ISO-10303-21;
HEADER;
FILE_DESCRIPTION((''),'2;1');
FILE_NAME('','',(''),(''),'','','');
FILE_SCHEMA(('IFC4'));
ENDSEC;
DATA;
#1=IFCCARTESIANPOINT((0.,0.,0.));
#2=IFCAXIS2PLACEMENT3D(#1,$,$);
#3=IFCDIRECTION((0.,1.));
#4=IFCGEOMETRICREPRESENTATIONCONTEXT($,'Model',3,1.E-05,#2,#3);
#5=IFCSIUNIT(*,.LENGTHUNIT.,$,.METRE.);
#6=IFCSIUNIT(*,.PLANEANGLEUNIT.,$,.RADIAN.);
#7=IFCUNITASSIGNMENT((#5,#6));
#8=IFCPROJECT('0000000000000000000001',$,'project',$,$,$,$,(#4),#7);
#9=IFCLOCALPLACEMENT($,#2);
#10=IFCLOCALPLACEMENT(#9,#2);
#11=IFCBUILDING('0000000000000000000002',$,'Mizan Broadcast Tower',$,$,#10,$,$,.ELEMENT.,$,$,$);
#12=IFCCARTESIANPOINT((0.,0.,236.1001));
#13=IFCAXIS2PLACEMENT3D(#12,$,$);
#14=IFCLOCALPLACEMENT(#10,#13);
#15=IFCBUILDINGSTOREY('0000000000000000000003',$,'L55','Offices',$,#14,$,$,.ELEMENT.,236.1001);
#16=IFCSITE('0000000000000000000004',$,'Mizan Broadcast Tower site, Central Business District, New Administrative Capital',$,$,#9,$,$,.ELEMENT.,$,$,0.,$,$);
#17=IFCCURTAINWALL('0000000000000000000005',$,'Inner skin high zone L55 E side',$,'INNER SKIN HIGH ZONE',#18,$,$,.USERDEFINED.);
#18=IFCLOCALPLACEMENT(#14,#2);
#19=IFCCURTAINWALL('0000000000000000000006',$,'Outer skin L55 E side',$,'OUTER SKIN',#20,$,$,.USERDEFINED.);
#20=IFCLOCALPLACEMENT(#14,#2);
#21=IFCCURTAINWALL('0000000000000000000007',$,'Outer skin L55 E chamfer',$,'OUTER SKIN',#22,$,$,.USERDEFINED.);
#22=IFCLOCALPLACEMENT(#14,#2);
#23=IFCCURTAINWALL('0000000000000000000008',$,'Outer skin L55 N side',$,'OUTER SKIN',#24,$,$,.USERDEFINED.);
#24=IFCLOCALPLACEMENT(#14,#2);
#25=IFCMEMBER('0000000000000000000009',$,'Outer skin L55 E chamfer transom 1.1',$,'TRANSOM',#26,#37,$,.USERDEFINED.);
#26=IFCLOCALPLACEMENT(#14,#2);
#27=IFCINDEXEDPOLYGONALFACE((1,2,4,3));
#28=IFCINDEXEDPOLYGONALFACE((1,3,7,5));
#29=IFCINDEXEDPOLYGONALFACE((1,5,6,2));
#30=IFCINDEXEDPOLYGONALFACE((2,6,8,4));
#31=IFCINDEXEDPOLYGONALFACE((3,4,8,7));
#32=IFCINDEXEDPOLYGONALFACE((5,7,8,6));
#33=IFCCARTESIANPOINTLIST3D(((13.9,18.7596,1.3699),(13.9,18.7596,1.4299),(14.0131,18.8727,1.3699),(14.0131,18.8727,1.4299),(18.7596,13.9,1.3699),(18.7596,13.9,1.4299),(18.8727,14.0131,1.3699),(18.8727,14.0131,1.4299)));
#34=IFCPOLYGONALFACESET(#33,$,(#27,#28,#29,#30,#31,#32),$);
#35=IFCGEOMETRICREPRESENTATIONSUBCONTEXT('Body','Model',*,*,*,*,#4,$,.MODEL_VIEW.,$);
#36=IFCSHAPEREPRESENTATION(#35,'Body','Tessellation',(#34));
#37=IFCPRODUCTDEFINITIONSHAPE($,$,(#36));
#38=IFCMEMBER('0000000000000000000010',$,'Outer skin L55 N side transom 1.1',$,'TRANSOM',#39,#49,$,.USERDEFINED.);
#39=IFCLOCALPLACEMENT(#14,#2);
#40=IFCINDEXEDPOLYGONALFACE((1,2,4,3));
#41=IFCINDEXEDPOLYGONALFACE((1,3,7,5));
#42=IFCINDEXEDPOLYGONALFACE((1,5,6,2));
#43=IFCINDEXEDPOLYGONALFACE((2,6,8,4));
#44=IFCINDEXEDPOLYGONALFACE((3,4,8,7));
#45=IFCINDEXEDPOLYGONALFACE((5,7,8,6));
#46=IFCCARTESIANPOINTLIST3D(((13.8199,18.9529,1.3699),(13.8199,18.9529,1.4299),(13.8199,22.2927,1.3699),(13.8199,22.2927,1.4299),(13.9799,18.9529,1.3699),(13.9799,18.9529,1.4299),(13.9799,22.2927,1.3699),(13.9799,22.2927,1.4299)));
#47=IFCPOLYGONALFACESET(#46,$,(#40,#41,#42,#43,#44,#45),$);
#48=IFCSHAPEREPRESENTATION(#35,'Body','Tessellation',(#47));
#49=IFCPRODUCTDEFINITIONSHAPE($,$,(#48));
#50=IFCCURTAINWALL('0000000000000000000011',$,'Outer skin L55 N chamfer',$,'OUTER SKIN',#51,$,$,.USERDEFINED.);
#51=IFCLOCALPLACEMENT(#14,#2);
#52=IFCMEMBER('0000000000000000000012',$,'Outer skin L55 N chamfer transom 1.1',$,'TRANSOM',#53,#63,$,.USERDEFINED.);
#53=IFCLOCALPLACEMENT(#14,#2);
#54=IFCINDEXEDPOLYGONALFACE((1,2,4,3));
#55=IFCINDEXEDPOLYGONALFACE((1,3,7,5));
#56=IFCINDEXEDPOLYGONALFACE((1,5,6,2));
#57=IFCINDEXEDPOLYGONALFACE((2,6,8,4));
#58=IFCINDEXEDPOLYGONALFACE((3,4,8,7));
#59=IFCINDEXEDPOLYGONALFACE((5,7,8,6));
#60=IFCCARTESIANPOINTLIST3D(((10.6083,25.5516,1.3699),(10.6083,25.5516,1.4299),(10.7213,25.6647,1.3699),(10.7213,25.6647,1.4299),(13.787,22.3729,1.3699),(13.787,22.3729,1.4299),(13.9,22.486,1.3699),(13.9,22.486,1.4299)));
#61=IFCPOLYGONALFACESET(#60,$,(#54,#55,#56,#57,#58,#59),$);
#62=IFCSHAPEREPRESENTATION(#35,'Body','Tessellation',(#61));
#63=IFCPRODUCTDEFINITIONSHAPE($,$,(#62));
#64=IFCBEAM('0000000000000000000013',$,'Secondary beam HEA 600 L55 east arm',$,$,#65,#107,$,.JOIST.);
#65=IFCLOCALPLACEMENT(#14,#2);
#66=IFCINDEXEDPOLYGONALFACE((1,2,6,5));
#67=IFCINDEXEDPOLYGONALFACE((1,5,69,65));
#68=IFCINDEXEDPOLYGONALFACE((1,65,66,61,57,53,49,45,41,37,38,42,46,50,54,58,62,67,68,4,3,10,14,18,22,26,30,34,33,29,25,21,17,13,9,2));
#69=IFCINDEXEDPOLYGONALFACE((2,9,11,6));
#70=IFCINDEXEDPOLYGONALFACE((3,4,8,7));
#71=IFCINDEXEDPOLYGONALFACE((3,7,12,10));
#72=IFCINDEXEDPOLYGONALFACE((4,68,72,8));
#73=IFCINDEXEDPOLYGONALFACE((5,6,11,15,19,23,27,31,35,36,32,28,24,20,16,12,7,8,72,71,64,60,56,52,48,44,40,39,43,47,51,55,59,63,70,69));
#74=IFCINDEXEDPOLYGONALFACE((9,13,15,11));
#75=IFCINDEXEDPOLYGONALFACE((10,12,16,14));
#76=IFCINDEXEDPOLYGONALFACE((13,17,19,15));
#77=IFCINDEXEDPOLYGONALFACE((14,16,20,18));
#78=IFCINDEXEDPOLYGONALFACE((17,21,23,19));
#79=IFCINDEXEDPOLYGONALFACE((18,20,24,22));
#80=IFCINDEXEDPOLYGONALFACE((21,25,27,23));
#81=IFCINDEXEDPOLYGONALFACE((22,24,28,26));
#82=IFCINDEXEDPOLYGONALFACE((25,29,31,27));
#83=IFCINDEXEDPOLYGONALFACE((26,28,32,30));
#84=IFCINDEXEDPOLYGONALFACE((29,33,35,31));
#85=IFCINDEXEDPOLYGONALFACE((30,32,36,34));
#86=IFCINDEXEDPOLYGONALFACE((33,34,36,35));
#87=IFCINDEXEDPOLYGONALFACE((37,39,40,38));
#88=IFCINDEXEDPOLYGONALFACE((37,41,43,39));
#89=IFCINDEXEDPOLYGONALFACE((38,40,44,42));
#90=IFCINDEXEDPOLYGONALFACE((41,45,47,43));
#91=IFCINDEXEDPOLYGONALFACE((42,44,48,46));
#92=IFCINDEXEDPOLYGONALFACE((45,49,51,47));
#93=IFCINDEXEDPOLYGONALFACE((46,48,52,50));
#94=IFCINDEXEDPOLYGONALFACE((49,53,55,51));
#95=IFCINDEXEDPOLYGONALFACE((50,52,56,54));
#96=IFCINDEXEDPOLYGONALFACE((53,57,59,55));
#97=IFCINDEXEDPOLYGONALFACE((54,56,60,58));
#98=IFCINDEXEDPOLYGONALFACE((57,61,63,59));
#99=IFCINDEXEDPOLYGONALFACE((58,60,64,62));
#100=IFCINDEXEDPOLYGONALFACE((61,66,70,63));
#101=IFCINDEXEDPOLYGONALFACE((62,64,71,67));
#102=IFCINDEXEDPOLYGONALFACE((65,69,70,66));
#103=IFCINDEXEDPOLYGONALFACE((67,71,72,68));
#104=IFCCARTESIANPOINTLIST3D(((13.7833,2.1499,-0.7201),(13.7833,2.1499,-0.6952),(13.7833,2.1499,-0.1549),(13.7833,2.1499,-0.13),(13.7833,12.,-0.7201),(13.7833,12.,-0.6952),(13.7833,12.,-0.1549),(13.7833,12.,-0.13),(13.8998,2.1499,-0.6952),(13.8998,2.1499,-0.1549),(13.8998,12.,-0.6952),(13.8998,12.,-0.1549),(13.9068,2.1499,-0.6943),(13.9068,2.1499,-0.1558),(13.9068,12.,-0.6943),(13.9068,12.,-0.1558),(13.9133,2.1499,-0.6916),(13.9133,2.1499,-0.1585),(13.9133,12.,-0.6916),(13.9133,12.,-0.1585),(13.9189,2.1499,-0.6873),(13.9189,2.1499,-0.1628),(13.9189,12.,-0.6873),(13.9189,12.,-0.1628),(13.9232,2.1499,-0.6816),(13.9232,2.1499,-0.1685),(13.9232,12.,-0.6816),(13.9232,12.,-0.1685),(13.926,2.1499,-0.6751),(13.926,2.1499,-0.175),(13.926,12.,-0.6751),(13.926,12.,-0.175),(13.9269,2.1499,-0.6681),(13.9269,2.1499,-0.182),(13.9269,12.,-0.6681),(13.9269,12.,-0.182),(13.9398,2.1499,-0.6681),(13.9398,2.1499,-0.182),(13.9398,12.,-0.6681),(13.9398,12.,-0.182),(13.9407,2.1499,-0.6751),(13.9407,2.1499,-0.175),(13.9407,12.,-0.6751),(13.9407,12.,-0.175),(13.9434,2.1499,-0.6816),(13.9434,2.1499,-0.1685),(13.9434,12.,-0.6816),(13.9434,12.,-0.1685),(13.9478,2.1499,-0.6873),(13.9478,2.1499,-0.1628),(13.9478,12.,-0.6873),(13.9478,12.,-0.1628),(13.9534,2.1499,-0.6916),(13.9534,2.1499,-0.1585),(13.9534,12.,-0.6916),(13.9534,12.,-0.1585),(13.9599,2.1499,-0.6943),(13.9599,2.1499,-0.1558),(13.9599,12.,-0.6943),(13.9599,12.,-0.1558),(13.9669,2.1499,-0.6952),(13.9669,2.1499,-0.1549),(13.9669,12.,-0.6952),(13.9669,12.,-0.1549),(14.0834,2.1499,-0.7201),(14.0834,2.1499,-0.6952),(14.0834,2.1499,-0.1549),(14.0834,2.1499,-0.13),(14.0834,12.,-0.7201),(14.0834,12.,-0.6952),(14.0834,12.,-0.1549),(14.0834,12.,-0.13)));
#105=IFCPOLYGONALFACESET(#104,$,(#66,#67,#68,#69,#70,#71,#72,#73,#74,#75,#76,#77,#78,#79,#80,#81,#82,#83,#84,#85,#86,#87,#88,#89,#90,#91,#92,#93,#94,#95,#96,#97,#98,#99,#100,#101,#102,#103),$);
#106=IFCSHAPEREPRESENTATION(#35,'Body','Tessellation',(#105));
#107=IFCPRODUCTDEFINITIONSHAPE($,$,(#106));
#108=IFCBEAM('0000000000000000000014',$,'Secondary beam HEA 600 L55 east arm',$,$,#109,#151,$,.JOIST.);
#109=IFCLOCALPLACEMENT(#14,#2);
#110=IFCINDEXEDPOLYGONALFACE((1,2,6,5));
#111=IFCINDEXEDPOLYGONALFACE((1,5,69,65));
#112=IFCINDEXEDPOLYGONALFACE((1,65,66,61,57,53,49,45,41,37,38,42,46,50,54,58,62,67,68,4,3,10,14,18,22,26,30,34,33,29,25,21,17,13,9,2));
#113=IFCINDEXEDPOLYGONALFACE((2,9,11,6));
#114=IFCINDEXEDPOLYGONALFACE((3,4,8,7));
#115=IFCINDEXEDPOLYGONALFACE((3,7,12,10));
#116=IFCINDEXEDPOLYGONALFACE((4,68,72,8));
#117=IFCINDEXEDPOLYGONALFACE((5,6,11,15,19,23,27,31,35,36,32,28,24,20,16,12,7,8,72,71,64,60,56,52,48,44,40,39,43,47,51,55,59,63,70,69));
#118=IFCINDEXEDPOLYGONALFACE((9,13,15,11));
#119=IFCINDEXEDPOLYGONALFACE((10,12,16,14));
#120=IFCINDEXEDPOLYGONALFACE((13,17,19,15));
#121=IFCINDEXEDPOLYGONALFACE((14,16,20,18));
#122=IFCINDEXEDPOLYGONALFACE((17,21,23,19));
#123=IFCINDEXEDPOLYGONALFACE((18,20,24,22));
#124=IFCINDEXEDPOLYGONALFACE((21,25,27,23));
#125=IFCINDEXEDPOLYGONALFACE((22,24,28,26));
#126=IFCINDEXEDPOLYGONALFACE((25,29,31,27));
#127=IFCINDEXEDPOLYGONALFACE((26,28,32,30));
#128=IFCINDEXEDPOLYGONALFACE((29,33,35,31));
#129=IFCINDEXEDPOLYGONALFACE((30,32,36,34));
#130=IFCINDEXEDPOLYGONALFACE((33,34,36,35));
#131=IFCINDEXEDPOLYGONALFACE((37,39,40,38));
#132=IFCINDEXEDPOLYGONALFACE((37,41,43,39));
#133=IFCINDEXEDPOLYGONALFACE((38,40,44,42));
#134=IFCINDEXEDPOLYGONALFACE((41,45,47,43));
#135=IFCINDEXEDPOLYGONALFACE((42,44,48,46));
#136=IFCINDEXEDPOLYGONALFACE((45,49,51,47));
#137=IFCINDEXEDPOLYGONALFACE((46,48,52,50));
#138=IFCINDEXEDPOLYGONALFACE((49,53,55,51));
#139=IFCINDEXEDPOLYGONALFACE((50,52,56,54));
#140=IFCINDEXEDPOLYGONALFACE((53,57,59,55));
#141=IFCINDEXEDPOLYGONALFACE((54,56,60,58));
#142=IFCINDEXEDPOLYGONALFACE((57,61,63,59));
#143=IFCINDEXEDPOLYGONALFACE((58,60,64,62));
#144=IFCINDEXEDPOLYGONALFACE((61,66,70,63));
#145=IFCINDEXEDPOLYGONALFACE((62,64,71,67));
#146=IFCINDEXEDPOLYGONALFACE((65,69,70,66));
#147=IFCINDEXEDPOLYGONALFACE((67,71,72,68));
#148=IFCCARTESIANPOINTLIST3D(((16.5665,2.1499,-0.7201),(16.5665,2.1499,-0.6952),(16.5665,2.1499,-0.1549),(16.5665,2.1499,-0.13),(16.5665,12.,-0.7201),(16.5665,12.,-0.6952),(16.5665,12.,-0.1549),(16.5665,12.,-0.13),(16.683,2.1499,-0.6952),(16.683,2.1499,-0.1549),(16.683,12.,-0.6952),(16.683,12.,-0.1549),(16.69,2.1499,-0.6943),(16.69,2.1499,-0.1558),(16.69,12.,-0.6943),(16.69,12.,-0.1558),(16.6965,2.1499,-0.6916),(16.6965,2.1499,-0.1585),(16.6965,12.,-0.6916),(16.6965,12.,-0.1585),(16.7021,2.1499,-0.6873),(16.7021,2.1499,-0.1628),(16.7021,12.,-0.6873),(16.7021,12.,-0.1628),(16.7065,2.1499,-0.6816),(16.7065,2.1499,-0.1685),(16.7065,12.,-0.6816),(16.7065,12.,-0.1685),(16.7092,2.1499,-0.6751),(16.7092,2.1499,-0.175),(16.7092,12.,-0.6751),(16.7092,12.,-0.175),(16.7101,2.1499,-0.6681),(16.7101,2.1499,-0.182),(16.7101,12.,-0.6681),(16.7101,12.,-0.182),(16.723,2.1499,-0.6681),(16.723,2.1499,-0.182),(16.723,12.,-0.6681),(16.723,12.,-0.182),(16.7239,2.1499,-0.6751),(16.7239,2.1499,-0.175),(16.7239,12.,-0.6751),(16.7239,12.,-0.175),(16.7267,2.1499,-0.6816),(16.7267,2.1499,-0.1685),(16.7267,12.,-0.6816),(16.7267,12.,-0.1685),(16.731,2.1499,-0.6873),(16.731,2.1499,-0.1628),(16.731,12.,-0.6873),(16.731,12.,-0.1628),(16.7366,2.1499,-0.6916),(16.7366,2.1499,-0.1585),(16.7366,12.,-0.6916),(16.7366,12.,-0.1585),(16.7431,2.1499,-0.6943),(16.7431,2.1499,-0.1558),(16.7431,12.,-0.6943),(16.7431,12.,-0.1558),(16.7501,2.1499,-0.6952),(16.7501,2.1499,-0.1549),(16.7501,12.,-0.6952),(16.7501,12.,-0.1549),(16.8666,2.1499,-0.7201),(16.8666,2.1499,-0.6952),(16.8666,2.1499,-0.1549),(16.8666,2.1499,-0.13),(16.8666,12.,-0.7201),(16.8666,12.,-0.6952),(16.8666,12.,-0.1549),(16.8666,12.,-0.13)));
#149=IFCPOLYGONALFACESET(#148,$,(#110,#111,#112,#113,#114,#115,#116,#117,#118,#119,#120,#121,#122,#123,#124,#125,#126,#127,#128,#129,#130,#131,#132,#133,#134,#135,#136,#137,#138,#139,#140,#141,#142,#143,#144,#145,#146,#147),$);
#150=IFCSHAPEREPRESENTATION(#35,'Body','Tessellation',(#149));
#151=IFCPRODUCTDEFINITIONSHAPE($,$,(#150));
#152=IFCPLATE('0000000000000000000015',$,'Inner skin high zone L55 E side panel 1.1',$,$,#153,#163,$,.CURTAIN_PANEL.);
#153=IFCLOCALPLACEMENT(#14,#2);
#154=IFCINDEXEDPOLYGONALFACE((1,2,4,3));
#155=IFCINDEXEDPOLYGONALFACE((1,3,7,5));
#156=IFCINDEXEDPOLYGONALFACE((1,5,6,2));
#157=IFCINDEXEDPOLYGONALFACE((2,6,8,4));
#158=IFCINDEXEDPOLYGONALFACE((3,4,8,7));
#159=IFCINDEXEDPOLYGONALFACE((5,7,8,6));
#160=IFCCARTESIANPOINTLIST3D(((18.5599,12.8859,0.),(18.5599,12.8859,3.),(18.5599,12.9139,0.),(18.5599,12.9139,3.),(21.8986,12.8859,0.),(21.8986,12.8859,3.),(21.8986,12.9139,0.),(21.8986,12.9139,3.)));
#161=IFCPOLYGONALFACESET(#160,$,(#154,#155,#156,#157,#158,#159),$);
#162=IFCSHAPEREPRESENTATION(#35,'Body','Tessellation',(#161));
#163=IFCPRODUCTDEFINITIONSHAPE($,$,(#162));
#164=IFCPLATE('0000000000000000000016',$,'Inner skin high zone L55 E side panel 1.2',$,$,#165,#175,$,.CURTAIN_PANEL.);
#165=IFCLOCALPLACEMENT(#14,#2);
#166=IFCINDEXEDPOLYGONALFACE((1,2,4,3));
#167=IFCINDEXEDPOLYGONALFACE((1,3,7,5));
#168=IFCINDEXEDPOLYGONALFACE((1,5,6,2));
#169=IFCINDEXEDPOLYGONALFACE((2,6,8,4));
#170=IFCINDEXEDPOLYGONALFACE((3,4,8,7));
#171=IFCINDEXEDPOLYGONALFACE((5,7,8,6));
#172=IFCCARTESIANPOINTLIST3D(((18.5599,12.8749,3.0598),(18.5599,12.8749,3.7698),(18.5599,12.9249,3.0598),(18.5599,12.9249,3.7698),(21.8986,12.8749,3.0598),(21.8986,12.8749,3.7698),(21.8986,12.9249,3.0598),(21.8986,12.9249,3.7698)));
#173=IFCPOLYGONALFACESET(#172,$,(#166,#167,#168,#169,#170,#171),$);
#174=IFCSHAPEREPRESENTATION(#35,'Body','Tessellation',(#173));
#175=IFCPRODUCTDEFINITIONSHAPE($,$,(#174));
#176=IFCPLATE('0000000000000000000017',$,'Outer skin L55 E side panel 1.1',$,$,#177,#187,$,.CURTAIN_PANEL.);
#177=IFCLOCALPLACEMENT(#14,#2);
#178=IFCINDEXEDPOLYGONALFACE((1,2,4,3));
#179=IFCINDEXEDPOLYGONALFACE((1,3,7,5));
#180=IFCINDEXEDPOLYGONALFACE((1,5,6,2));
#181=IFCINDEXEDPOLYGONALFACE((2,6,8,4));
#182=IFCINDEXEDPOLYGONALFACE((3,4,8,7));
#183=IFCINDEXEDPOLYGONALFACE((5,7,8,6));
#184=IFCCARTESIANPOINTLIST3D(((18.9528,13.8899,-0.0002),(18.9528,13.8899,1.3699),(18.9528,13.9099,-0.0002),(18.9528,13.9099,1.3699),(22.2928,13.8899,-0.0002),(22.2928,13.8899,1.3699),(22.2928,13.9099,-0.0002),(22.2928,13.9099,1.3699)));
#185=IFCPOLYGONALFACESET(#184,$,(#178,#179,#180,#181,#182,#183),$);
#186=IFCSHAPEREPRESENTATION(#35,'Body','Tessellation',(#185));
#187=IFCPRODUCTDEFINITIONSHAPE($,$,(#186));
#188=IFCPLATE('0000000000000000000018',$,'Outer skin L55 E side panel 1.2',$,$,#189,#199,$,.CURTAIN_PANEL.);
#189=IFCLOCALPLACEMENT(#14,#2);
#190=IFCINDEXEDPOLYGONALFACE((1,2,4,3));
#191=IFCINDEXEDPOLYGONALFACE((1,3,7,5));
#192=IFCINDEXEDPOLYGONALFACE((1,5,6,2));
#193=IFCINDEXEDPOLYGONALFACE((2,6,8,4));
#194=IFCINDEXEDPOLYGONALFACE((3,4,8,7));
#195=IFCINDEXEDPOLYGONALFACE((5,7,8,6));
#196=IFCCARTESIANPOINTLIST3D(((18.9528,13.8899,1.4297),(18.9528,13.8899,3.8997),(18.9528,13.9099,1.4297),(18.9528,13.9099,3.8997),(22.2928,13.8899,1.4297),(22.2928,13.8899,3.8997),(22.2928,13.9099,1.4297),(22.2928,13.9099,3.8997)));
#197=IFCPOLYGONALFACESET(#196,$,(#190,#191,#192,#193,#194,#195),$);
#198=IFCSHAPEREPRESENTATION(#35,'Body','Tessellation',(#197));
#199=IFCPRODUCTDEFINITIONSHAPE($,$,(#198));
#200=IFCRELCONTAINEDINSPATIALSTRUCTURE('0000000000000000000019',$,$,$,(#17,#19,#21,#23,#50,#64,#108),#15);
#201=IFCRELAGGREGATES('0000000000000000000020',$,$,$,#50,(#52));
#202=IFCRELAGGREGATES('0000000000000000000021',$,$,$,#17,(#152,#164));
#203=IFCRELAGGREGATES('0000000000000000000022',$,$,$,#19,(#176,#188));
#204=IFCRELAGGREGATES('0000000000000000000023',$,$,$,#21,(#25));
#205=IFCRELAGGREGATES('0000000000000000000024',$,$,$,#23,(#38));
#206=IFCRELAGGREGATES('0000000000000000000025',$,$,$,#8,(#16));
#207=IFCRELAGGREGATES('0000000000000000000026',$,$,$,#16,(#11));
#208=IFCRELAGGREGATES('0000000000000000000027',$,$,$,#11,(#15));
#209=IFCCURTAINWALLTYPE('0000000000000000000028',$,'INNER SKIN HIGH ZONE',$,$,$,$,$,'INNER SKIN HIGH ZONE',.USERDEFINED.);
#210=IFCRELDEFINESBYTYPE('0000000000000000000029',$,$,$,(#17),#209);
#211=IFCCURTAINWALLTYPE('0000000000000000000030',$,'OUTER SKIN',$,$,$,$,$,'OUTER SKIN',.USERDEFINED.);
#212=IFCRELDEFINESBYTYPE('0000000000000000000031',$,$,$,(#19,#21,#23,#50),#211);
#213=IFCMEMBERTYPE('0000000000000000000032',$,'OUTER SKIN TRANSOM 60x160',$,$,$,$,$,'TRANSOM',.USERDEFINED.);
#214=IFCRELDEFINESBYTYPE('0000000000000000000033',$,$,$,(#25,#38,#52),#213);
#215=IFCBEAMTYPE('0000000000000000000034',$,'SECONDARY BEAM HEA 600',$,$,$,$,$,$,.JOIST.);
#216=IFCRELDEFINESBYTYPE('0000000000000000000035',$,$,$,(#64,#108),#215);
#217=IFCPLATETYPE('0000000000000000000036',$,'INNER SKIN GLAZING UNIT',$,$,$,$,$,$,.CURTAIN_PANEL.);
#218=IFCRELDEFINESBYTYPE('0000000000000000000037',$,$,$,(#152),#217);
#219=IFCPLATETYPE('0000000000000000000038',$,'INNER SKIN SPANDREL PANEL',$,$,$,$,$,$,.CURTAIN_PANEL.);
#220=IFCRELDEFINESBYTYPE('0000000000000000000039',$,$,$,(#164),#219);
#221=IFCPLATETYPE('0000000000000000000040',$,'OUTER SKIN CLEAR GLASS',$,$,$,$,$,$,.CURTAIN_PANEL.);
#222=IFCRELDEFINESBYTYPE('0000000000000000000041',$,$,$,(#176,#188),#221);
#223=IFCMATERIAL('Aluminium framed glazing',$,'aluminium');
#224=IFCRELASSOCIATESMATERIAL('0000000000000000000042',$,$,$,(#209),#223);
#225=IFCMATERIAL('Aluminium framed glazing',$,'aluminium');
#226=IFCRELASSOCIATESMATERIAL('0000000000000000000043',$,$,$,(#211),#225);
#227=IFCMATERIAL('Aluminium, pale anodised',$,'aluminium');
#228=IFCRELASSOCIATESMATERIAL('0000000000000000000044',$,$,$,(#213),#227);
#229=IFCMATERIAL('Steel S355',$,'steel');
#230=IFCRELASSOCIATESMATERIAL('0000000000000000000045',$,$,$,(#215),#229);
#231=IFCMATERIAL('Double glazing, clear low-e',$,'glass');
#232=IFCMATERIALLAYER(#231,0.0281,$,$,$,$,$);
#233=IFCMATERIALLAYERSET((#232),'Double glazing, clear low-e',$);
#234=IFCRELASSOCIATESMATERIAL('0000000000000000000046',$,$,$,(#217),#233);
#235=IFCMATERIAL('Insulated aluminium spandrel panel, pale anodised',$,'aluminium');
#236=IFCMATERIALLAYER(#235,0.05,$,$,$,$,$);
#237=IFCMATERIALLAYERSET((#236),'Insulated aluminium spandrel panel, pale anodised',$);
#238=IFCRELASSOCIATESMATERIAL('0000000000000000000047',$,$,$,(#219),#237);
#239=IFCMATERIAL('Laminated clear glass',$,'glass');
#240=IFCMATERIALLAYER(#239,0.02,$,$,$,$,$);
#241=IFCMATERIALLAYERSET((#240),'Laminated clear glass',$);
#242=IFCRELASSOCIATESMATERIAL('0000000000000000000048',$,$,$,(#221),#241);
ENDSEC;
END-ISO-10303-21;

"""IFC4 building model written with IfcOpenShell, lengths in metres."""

from ifc_helpers import new_model, si_unit, direction, frame, origin, origin_2d, place, context, subcontext, project, spatial, rectangle, i_section, extrude, material, layer, layer_set, material_profile, profile_set, type_object, element, aggregate, save


model = new_model("IFC4")

# Units and contexts
model_context = context("Model", 3, precision=1e-05, world=origin(), true_north=direction((0.0, 1.0)))
body_context = subcontext(model_context, "Body", "Model", "MODEL_VIEW")
ifc_project = project(units=[si_unit("LENGTHUNIT", "METRE"), si_unit("PLANEANGLEUNIT", "RADIAN")], contexts=[model_context])

# Site, building, storey
site_placement = place(None, origin())
site = spatial("IfcSite", under=ifc_project, at=site_placement, Name="Mizan Broadcast Tower site, Central Business District, New Administrative Capital", CompositionType="ELEMENT", RefElevation=0.0)
building_placement = place(site_placement, origin())
building = spatial("IfcBuilding", under=site, at=building_placement, Name="Mizan Broadcast Tower", CompositionType="ELEMENT")
storey_placement = place(building_placement, frame((0.0, 0.0, 236.1001)))
storey = spatial("IfcBuildingStorey", under=building, at=storey_placement, Name="L55", Description="Offices", CompositionType="ELEMENT", Elevation=236.1001)

# Curtain wall
ifc_material_1 = material(Name="Aluminium framed glazing", Category="aluminium")
curtain_wall_type_1 = type_object("IfcCurtainWallType", Name="INNER SKIN HIGH ZONE", ElementType="INNER SKIN HIGH ZONE", PredefinedType="USERDEFINED", material=ifc_material_1)
curtain_wall_1_placement = place(storey_placement, origin())
curtain_wall_1 = element("IfcCurtainWall", 1, at=curtain_wall_1_placement, inside=storey, type_object=curtain_wall_type_1, Name="Inner skin high zone L55 E side", ObjectType="INNER SKIN HIGH ZONE", PredefinedType="USERDEFINED")

# Curtain walls
ifc_material_2 = material(Name="Aluminium framed glazing", Category="aluminium")
curtain_wall_type_2 = type_object("IfcCurtainWallType", Name="OUTER SKIN", ElementType="OUTER SKIN", PredefinedType="USERDEFINED", material=ifc_material_2)
curtain_wall_2_placement = place(storey_placement, origin())
curtain_wall_2 = element("IfcCurtainWall", 2, at=curtain_wall_2_placement, inside=storey, type_object=curtain_wall_type_2, Name="Outer skin L55 E side", ObjectType="OUTER SKIN", PredefinedType="USERDEFINED")
curtain_wall_3_placement = place(storey_placement, origin())
curtain_wall_3 = element("IfcCurtainWall", 3, at=curtain_wall_3_placement, inside=storey, type_object=curtain_wall_type_2, Name="Outer skin L55 E chamfer", ObjectType="OUTER SKIN", PredefinedType="USERDEFINED")
curtain_wall_4_placement = place(storey_placement, origin())
curtain_wall_4 = element("IfcCurtainWall", 4, at=curtain_wall_4_placement, inside=storey, type_object=curtain_wall_type_2, Name="Outer skin L55 N side", ObjectType="OUTER SKIN", PredefinedType="USERDEFINED")

# Members
ifc_material_3 = material(Name="Aluminium, pale anodised", Category="aluminium")
ifc_material_profile_1 = material_profile(ifc_material_3, rectangle(XDim=0.1599, YDim=0.0601, at=origin_2d()), Name="TRANSOM 160x60")
ifc_profile_set_1 = profile_set([ifc_material_profile_1], Name="Aluminium, pale anodised")
member_type_1 = type_object("IfcMemberType", Name="OUTER SKIN TRANSOM 60x160", ElementType="TRANSOM", PredefinedType="USERDEFINED", material=ifc_profile_set_1)
member_1_placement = place(storey_placement, frame((18.8162, 13.9565, 1.3999), z_axis=(-0.707107, 0.707107, 0.0), x_axis=(-0.707107, -0.707107, 0.0)))
member_1 = element("IfcMember", 5, at=member_1_placement, type_object=member_type_1, Name="Outer skin L55 E chamfer transom 1.1", ObjectType="TRANSOM", PredefinedType="USERDEFINED", context=body_context, shape_type="SweptSolid", body=[
    extrude(rectangle(XDim=0.1599, YDim=0.0601, at=origin_2d()), origin(), (0.0, 0.0, 1.0), 6.8726),
])
member_2_placement = place(storey_placement, frame((13.8999, 18.9529, 1.3999), z_axis=(0.0, 1.0, 0.0), x_axis=(-1.0, 0.0, 0.0)))
member_2 = element("IfcMember", 6, at=member_2_placement, type_object=member_type_1, Name="Outer skin L55 N side transom 1.1", ObjectType="TRANSOM", PredefinedType="USERDEFINED", context=body_context, shape_type="SweptSolid", body=[
    extrude(rectangle(XDim=0.1599, YDim=0.0601, at=origin_2d()), origin(), (0.0, 0.0, 1.0), 3.3398),
])

# Curtain wall, member
curtain_wall_5_placement = place(storey_placement, origin())
curtain_wall_5 = element("IfcCurtainWall", 7, at=curtain_wall_5_placement, inside=storey, type_object=curtain_wall_type_2, Name="Outer skin L55 N chamfer", ObjectType="OUTER SKIN", PredefinedType="USERDEFINED")
member_3_placement = place(storey_placement, frame((13.8435, 22.4294, 1.3999), z_axis=(-0.707107, 0.707107, 0.0), x_axis=(-0.707107, -0.707107, 0.0)))
member_3 = element("IfcMember", 8, at=member_3_placement, type_object=member_type_1, Name="Outer skin L55 N chamfer transom 1.1", ObjectType="TRANSOM", PredefinedType="USERDEFINED", context=body_context, shape_type="SweptSolid", body=[
    extrude(rectangle(XDim=0.1599, YDim=0.0601, at=origin_2d()), origin(), (0.0, 0.0, 1.0), 4.4954),
])
aggregate(curtain_wall_5, [member_3])

# Beams
ifc_material_4 = material(Name="Steel S355", Category="steel")
ifc_material_profile_2 = material_profile(ifc_material_4, i_section(OverallWidth=0.3, OverallDepth=0.5901, WebThickness=0.0129, FlangeThickness=0.0249, FilletRadius=0.0271, at=origin_2d()), Name="HEA 600")
ifc_profile_set_2 = profile_set([ifc_material_profile_2], Name="Steel S355")
beam_type_1 = type_object("IfcBeamType", Name="SECONDARY BEAM HEA 600", PredefinedType="JOIST", material=ifc_profile_set_2)
for number, where, z_axis, x_axis, name in (
    (9, (13.9333, 12.0, -0.425), (0.0, -1.0, 0.0), (1.0, 0.0, 0.0), "Secondary beam HEA 600 L55 east arm"),
    (10, (16.7166, 12.0, -0.425), (0.0, -1.0, 0.0), (1.0, 0.0, 0.0), "Secondary beam HEA 600 L55 east arm"),
):
    element("IfcBeam", number, at=place(storey_placement, frame(where, z_axis=z_axis, x_axis=x_axis)), inside=storey, type_object=beam_type_1, Name=name, PredefinedType="JOIST", context=body_context, shape_type="SweptSolid", body=[
        extrude(i_section(OverallWidth=0.3, OverallDepth=0.5901, WebThickness=0.0129, FlangeThickness=0.0249, FilletRadius=0.0271, at=origin_2d()), origin(), (0.0, 0.0, 1.0), 9.8501),
    ])

# Plates
ifc_material_5 = material(Name="Double glazing, clear low-e", Category="glass")
ifc_layer_1 = layer(ifc_material_5, 0.0281)
ifc_layer_set_1 = layer_set([ifc_layer_1], Name="Double glazing, clear low-e")
plate_type_1 = type_object("IfcPlateType", Name="INNER SKIN GLAZING UNIT", PredefinedType="CURTAIN_PANEL", material=ifc_layer_set_1)
plate_1_placement = place(storey_placement, frame((20.2292, 12.8999, 0.0), z_axis=(0.0, 0.0, 1.0), x_axis=(-1.0, 0.0, 0.0)))
plate_1 = element("IfcPlate", 11, at=plate_1_placement, type_object=plate_type_1, Name="Inner skin high zone L55 E side panel 1.1", PredefinedType="CURTAIN_PANEL", context=body_context, shape_type="SweptSolid", body=[
    extrude(rectangle(XDim=3.3386, YDim=0.0281, at=origin_2d()), origin(), (0.0, 0.0, 1.0), 3.0),
])
ifc_material_6 = material(Name="Insulated aluminium spandrel panel, pale anodised", Category="aluminium")
ifc_layer_2 = layer(ifc_material_6, 0.05)
ifc_layer_set_2 = layer_set([ifc_layer_2], Name="Insulated aluminium spandrel panel, pale anodised")
plate_type_2 = type_object("IfcPlateType", Name="INNER SKIN SPANDREL PANEL", PredefinedType="CURTAIN_PANEL", material=ifc_layer_set_2)
plate_2_placement = place(storey_placement, frame((20.2292, 12.8999, 3.0598), z_axis=(0.0, 0.0, 1.0), x_axis=(-1.0, 0.0, 0.0)))
plate_2 = element("IfcPlate", 12, at=plate_2_placement, type_object=plate_type_2, Name="Inner skin high zone L55 E side panel 1.2", PredefinedType="CURTAIN_PANEL", context=body_context, shape_type="SweptSolid", body=[
    extrude(rectangle(XDim=3.3386, YDim=0.05, at=origin_2d()), origin(), (0.0, 0.0, 1.0), 0.71),
])
aggregate(curtain_wall_1, [plate_1, plate_2])
ifc_material_7 = material(Name="Laminated clear glass", Category="glass")
ifc_layer_3 = layer(ifc_material_7, 0.02)
ifc_layer_set_3 = layer_set([ifc_layer_3], Name="Laminated clear glass")
plate_type_3 = type_object("IfcPlateType", Name="OUTER SKIN CLEAR GLASS", PredefinedType="CURTAIN_PANEL", material=ifc_layer_set_3)
plate_3_placement = place(storey_placement, frame((20.6228, 13.8999, -0.0002), z_axis=(0.0, 0.0, 1.0), x_axis=(-1.0, 0.0, 0.0)))
plate_3 = element("IfcPlate", 13, at=plate_3_placement, type_object=plate_type_3, Name="Outer skin L55 E side panel 1.1", PredefinedType="CURTAIN_PANEL", context=body_context, shape_type="SweptSolid", body=[
    extrude(rectangle(XDim=3.3401, YDim=0.02, at=origin_2d()), origin(), (0.0, 0.0, 1.0), 1.3701),
])
plate_4_placement = place(storey_placement, frame((20.6228, 13.8999, 1.4297), z_axis=(0.0, 0.0, 1.0), x_axis=(-1.0, 0.0, 0.0)))
plate_4 = element("IfcPlate", 14, at=plate_4_placement, type_object=plate_type_3, Name="Outer skin L55 E side panel 1.2", PredefinedType="CURTAIN_PANEL", context=body_context, shape_type="SweptSolid", body=[
    extrude(rectangle(XDim=3.3401, YDim=0.02, at=origin_2d()), origin(), (0.0, 0.0, 1.0), 2.47),
])
aggregate(curtain_wall_2, [plate_3, plate_4])
aggregate(curtain_wall_3, [member_1])
aggregate(curtain_wall_4, [member_2])

save(model, "model.ifc")
